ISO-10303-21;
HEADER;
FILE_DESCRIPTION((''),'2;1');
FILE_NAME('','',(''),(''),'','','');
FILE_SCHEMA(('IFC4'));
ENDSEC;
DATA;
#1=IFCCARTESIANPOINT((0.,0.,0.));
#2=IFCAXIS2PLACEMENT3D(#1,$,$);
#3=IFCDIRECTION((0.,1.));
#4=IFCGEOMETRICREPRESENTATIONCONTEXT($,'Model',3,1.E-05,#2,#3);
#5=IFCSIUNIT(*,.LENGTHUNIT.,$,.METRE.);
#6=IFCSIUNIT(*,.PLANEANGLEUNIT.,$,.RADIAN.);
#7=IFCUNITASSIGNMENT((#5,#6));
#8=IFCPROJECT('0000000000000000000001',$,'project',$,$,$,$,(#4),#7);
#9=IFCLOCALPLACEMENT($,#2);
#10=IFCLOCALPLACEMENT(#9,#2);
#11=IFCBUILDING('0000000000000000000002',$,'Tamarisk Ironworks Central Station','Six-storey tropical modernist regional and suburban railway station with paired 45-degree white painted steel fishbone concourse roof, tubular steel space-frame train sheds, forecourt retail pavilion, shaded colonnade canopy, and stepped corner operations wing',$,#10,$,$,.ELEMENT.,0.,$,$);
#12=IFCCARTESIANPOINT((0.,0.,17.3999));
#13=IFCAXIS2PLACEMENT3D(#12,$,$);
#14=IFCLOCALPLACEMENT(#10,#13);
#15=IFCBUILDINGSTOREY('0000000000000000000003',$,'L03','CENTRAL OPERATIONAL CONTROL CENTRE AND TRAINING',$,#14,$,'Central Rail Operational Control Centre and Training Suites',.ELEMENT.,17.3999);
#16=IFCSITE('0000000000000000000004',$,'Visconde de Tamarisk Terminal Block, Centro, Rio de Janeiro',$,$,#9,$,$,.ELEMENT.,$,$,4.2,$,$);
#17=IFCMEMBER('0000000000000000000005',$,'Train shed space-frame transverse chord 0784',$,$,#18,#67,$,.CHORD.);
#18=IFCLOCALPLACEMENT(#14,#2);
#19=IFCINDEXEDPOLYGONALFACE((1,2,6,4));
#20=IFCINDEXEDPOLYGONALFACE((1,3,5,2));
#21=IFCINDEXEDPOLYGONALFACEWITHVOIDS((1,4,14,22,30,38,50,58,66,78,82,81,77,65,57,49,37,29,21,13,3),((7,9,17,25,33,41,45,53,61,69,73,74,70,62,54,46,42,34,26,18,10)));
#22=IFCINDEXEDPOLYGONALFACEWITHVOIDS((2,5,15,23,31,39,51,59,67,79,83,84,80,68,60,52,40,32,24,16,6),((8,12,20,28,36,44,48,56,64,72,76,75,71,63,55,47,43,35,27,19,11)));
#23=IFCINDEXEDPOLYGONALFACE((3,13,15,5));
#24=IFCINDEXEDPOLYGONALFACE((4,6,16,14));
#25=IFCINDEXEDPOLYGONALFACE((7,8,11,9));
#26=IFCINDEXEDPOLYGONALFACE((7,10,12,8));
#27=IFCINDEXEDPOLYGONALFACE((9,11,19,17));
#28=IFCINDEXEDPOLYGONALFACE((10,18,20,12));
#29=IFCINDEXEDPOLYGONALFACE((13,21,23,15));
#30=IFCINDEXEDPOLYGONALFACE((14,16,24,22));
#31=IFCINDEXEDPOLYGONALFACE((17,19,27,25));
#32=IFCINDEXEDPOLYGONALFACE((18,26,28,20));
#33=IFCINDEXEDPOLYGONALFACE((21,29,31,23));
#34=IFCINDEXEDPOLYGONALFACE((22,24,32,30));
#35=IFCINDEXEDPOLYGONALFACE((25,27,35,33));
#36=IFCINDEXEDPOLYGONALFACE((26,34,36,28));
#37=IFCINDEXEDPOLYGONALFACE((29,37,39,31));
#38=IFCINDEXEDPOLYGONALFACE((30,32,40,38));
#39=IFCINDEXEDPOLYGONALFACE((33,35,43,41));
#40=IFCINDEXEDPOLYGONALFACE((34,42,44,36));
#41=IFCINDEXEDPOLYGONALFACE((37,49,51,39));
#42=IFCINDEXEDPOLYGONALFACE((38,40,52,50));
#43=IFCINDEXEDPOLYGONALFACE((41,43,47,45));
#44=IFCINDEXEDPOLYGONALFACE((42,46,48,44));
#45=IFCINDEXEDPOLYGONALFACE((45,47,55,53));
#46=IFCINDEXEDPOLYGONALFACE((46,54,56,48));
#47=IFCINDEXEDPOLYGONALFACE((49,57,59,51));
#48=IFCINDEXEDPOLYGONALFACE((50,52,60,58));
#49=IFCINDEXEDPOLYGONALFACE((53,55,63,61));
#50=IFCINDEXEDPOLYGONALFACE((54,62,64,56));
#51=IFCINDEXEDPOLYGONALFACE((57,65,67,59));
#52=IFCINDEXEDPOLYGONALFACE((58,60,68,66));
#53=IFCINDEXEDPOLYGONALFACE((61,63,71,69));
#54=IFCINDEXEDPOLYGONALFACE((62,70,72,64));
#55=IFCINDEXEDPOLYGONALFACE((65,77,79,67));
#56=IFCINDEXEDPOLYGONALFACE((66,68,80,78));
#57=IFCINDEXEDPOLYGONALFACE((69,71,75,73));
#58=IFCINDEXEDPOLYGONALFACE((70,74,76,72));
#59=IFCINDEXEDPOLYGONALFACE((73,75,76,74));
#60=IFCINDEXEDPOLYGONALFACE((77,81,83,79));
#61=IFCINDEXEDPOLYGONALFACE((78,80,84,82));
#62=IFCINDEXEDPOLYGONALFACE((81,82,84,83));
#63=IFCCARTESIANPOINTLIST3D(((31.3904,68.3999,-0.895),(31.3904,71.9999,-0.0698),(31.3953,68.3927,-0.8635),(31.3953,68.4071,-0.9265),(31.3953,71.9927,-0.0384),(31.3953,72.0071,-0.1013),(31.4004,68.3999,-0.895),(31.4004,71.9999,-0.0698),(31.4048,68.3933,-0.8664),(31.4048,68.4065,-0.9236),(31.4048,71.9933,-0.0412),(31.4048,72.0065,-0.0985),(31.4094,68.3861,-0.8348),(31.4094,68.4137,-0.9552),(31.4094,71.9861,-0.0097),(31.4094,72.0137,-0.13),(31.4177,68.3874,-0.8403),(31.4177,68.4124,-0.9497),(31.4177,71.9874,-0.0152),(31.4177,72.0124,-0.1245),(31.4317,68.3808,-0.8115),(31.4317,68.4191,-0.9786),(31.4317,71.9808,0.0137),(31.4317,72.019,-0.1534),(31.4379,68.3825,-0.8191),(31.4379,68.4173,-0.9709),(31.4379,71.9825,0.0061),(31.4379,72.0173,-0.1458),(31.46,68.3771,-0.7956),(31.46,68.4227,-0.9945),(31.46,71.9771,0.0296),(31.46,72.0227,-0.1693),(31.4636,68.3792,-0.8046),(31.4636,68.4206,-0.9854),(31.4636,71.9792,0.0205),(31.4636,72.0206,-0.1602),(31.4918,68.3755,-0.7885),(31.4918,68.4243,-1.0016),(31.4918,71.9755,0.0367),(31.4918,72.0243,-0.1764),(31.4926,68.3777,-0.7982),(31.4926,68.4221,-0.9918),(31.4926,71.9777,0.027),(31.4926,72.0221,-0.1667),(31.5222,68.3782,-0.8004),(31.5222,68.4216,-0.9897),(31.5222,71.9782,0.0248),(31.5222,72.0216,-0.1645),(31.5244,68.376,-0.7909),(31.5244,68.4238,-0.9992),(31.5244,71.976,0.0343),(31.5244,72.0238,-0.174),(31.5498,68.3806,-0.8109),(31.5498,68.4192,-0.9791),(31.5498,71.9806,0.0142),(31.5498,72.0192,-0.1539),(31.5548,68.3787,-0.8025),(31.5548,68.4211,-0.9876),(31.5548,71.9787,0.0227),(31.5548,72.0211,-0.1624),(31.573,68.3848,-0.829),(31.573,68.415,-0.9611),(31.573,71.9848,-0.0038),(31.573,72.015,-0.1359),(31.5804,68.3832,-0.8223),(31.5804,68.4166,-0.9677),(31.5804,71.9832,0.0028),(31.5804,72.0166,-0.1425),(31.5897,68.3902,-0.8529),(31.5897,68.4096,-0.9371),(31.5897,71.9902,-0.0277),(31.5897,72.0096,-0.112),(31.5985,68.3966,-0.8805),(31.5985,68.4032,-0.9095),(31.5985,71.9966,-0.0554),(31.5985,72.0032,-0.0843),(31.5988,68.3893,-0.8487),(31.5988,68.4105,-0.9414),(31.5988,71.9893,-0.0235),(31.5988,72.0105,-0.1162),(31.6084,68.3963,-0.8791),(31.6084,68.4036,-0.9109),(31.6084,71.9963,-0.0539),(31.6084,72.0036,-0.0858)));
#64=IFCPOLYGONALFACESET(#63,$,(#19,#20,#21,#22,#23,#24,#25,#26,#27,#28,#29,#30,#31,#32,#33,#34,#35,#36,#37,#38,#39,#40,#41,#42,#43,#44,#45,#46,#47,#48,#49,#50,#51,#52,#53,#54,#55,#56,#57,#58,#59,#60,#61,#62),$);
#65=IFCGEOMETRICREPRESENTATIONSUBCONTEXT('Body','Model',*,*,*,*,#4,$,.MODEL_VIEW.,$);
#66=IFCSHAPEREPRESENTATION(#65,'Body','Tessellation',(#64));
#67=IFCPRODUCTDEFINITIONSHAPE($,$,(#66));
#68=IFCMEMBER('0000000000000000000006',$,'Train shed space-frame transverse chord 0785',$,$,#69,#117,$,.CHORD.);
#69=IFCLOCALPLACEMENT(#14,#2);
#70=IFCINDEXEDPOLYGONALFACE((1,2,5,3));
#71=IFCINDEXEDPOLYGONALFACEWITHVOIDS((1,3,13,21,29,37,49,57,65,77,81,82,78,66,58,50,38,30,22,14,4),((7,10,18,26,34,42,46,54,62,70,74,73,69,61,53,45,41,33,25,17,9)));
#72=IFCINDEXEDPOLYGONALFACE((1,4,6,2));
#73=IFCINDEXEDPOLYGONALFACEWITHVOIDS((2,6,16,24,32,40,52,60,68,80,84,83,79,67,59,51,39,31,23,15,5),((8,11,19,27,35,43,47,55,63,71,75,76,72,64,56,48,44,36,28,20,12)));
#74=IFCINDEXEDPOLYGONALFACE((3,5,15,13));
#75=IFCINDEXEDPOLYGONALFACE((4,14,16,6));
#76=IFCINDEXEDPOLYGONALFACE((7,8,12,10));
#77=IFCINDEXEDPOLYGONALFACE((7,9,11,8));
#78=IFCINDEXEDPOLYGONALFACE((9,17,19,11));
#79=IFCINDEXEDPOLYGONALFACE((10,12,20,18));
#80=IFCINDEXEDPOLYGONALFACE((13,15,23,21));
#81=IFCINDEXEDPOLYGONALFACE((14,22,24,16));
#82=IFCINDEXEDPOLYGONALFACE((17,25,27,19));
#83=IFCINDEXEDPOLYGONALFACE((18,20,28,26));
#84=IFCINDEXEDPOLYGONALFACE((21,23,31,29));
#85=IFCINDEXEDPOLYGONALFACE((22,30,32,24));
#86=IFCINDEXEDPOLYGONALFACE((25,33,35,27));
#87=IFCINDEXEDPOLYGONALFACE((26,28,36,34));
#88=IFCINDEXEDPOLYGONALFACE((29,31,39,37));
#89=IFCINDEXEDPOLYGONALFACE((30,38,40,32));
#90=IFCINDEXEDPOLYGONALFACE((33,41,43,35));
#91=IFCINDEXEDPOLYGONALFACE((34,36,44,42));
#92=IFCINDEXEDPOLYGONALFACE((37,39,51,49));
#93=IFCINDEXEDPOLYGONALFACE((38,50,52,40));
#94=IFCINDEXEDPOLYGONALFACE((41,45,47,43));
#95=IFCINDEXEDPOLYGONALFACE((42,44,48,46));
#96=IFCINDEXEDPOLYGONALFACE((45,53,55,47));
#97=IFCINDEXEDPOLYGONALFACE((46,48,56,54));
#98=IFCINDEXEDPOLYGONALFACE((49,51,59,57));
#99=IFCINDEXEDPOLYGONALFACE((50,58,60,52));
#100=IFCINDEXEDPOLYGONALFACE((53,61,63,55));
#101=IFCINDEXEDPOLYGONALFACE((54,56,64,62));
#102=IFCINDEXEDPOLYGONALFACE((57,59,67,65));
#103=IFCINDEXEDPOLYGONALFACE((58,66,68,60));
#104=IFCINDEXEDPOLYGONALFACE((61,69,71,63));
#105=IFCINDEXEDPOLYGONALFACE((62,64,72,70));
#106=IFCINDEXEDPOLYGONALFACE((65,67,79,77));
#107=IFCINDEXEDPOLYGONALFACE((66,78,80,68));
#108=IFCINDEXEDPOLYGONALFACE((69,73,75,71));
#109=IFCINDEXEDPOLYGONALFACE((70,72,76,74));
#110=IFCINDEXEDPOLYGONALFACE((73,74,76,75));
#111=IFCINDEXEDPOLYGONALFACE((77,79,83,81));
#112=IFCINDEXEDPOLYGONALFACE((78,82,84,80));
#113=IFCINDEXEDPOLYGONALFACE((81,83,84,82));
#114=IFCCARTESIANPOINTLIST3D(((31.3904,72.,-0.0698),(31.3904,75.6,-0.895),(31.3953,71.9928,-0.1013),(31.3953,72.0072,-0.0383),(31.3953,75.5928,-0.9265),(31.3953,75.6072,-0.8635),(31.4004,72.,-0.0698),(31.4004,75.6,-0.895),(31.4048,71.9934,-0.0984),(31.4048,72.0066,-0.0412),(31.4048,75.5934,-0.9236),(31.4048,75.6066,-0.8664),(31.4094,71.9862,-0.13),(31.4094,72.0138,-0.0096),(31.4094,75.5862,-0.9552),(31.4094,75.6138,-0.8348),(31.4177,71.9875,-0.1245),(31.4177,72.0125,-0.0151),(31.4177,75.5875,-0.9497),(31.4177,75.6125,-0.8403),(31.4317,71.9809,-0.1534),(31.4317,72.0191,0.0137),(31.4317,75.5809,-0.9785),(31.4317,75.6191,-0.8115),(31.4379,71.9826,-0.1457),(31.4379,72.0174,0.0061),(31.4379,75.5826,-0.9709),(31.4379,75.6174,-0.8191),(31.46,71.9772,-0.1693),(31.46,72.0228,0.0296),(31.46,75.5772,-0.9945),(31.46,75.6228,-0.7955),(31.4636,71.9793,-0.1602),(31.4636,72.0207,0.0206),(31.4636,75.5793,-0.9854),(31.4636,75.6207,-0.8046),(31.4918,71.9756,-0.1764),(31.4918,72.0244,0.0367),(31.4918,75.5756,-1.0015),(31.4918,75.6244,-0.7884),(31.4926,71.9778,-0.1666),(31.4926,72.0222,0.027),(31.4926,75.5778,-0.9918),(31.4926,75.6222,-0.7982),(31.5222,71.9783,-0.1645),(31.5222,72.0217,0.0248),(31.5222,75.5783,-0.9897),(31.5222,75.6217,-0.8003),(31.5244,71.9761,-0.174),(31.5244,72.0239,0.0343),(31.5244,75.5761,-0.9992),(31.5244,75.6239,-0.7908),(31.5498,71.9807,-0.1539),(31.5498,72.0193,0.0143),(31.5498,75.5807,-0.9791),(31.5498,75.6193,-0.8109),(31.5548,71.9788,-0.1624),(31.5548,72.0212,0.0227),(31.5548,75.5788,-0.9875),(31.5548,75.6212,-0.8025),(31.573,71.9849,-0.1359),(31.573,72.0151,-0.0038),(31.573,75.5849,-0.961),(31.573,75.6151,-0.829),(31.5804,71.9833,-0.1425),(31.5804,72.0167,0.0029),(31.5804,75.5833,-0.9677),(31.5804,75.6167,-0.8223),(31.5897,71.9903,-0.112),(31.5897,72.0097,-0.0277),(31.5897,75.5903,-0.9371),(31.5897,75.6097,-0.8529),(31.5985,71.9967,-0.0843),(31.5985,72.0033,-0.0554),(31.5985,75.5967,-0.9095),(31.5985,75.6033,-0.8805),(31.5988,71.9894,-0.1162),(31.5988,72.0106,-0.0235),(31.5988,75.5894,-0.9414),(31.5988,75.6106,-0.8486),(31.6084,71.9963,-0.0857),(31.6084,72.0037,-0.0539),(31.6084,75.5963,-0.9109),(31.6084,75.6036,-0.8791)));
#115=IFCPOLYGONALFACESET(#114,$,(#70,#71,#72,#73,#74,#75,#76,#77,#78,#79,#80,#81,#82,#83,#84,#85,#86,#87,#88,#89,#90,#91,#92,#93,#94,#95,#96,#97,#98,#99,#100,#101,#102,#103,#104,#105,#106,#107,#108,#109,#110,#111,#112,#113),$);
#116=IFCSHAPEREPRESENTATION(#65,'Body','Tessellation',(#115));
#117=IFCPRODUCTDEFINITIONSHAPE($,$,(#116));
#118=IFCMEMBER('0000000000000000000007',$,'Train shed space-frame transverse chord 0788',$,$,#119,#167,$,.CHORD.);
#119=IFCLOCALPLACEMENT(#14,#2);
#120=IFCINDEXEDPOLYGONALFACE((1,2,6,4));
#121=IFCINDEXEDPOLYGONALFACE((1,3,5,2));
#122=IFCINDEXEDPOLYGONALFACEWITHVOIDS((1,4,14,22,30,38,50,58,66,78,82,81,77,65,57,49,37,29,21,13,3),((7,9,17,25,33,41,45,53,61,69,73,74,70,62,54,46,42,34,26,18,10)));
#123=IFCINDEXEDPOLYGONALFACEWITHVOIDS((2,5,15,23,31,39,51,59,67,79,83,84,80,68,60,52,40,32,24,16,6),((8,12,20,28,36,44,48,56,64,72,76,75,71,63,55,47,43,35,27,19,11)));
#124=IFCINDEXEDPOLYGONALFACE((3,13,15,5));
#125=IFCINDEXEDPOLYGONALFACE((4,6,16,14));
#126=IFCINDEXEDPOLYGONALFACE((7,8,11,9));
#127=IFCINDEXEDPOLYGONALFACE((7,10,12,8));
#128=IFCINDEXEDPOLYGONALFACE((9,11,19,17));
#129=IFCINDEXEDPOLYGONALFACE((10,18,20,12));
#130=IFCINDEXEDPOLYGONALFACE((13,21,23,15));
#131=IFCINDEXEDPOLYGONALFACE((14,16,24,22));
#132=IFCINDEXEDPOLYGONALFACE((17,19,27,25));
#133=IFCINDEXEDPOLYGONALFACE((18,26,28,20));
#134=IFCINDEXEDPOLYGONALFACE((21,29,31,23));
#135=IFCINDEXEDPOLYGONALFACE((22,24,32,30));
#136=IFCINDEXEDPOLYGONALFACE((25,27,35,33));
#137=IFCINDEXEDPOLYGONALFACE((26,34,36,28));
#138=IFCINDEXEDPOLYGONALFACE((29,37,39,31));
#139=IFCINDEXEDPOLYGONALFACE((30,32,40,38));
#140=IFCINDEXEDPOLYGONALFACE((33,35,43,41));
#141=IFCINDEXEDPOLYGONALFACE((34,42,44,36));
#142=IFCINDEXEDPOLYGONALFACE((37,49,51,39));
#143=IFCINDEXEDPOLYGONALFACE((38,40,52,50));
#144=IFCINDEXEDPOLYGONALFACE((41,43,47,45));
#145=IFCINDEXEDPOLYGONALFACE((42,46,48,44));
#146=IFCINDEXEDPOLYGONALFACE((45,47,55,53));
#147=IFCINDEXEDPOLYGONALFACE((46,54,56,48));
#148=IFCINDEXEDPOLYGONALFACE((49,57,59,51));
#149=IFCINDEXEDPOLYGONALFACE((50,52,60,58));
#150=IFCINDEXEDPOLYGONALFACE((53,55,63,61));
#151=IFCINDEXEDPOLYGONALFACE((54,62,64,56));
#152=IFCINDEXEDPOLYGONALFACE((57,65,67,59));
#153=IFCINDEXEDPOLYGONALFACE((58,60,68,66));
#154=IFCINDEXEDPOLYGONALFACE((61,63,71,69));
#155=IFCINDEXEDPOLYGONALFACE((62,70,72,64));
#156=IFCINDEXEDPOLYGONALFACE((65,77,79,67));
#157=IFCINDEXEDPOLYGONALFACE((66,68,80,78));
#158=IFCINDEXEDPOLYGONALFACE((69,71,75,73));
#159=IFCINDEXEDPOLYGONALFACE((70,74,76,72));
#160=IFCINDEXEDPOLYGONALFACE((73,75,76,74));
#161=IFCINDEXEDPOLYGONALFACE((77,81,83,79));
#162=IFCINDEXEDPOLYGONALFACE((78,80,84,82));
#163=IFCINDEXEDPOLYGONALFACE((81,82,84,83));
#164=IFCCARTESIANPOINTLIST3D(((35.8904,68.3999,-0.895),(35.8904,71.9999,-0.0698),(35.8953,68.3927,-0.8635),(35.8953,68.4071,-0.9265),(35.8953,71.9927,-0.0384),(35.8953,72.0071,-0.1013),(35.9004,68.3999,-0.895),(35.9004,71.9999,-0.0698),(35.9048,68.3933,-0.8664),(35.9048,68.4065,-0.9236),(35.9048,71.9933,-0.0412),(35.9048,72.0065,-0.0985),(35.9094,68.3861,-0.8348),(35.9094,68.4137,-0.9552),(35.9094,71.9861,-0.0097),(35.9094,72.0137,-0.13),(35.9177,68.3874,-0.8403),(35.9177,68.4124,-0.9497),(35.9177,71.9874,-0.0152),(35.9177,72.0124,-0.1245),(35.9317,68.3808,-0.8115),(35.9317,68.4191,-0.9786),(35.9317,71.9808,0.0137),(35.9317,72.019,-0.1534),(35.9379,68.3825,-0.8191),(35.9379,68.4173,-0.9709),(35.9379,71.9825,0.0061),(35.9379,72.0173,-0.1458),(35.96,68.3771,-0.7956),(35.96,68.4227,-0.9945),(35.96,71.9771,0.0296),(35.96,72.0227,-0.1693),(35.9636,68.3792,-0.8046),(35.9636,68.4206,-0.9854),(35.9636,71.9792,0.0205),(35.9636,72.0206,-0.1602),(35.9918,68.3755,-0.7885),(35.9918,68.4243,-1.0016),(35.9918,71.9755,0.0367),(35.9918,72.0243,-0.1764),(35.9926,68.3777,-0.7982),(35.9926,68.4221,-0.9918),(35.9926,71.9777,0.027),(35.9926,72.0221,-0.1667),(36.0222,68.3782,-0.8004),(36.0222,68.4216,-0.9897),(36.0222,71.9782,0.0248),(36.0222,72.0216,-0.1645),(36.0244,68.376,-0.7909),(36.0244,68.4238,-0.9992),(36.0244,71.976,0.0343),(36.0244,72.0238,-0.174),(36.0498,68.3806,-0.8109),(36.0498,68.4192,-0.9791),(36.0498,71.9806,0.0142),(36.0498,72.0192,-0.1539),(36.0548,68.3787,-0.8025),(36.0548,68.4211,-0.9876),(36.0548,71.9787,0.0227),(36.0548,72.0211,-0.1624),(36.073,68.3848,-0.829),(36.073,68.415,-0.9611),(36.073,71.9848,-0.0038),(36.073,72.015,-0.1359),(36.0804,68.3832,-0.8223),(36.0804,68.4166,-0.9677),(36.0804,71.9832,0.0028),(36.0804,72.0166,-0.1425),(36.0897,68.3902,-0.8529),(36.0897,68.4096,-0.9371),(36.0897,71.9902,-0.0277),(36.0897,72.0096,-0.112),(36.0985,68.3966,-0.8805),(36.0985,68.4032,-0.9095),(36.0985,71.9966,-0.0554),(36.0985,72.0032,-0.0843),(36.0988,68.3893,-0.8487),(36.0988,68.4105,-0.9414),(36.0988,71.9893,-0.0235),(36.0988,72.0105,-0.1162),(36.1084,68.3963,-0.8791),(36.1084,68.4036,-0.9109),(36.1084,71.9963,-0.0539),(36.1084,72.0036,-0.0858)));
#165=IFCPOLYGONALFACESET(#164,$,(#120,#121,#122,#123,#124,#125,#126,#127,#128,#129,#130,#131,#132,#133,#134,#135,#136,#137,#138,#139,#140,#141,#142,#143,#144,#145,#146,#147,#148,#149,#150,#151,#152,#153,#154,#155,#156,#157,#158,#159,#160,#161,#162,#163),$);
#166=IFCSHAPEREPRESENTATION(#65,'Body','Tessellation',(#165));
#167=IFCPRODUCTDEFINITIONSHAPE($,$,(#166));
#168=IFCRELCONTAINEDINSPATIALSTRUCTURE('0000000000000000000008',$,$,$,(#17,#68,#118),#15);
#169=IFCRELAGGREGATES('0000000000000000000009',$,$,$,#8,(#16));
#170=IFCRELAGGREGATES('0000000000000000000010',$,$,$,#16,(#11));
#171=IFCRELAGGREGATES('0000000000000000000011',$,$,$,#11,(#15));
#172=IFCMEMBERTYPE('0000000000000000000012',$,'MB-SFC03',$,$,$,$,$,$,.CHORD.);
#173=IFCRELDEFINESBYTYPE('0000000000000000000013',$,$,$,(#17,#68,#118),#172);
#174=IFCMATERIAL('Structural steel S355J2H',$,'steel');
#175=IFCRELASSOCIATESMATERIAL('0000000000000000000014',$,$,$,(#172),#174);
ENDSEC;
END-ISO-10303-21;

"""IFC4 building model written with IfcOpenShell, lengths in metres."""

from ifc_helpers import new_model, si_unit, direction, frame, origin, origin_2d, place, context, subcontext, project, spatial, hollow_circle, extrude, material, material_profile, profile_set, type_object, element, save


model = new_model("IFC4")

# Units and contexts
model_context = context("Model", 3, precision=1e-05, world=origin(), true_north=direction((0.0, 1.0)))
body_context = subcontext(model_context, "Body", "Model", "MODEL_VIEW")
ifc_project = project(units=[si_unit("LENGTHUNIT", "METRE"), si_unit("PLANEANGLEUNIT", "RADIAN")], contexts=[model_context])

# Site, building, storey
site_placement = place(None, origin())
site = spatial("IfcSite", under=ifc_project, at=site_placement, Name="Visconde de Tamarisk Terminal Block, Centro, Rio de Janeiro", CompositionType="ELEMENT", RefElevation=4.2)
building_placement = place(site_placement, origin())
building = spatial("IfcBuilding", under=site, at=building_placement, Name="Tamarisk Ironworks Central Station", Description="Six-storey tropical modernist regional and suburban railway station with paired 45-degree white painted steel fishbone concourse roof, tubular steel space-frame train sheds, forecourt retail pavilion, shaded colonnade canopy, and stepped corner operations wing", CompositionType="ELEMENT", ElevationOfRefHeight=0.0)
storey_placement = place(building_placement, frame((0.0, 0.0, 17.3999)))
storey = spatial("IfcBuildingStorey", under=building, at=storey_placement, Name="L03", Description="CENTRAL OPERATIONAL CONTROL CENTRE AND TRAINING", LongName="Central Rail Operational Control Centre and Training Suites", CompositionType="ELEMENT", Elevation=17.3999)

# Members
ifc_material = material(Name="Structural steel S355J2H", Category="steel")
ifc_material_profile_1 = material_profile(ifc_material, hollow_circle(Radius=0.1096, WallThickness=0.01, at=origin_2d()), Name="CHS 219.1x10")
ifc_profile_set_1 = profile_set([ifc_material_profile_1], Name="Structural steel S355J2H")
member_type_1 = type_object("IfcMemberType", Name="MB-SFC03", PredefinedType="CHORD", material=ifc_profile_set_1)
for number, where, z_axis, x_axis, name in (
    (1, (31.5, 68.3999, -0.895), (0.0, 0.974722, 0.223421), (-1.0, 0.0, 0.0), "Train shed space-frame transverse chord 0784"),
    (2, (31.5, 72.0, -0.0698), (0.0, 0.974722, -0.223421), (-1.0, 0.0, 0.0), "Train shed space-frame transverse chord 0785"),
    (3, (36.0, 68.3999, -0.895), (0.0, 0.974722, 0.223421), (-1.0, 0.0, 0.0), "Train shed space-frame transverse chord 0788"),
):
    element("IfcMember", number, at=place(storey_placement, frame(where, z_axis=z_axis, x_axis=x_axis)), inside=storey, type_object=member_type_1, Name=name, PredefinedType="CHORD", context=body_context, shape_type="SweptSolid", body=[
        extrude(hollow_circle(Radius=0.1096, WallThickness=0.01, at=origin_2d()), origin(), (0.0, 0.0, 1.0), 3.6934),
    ])

save(model, "model.ifc")
